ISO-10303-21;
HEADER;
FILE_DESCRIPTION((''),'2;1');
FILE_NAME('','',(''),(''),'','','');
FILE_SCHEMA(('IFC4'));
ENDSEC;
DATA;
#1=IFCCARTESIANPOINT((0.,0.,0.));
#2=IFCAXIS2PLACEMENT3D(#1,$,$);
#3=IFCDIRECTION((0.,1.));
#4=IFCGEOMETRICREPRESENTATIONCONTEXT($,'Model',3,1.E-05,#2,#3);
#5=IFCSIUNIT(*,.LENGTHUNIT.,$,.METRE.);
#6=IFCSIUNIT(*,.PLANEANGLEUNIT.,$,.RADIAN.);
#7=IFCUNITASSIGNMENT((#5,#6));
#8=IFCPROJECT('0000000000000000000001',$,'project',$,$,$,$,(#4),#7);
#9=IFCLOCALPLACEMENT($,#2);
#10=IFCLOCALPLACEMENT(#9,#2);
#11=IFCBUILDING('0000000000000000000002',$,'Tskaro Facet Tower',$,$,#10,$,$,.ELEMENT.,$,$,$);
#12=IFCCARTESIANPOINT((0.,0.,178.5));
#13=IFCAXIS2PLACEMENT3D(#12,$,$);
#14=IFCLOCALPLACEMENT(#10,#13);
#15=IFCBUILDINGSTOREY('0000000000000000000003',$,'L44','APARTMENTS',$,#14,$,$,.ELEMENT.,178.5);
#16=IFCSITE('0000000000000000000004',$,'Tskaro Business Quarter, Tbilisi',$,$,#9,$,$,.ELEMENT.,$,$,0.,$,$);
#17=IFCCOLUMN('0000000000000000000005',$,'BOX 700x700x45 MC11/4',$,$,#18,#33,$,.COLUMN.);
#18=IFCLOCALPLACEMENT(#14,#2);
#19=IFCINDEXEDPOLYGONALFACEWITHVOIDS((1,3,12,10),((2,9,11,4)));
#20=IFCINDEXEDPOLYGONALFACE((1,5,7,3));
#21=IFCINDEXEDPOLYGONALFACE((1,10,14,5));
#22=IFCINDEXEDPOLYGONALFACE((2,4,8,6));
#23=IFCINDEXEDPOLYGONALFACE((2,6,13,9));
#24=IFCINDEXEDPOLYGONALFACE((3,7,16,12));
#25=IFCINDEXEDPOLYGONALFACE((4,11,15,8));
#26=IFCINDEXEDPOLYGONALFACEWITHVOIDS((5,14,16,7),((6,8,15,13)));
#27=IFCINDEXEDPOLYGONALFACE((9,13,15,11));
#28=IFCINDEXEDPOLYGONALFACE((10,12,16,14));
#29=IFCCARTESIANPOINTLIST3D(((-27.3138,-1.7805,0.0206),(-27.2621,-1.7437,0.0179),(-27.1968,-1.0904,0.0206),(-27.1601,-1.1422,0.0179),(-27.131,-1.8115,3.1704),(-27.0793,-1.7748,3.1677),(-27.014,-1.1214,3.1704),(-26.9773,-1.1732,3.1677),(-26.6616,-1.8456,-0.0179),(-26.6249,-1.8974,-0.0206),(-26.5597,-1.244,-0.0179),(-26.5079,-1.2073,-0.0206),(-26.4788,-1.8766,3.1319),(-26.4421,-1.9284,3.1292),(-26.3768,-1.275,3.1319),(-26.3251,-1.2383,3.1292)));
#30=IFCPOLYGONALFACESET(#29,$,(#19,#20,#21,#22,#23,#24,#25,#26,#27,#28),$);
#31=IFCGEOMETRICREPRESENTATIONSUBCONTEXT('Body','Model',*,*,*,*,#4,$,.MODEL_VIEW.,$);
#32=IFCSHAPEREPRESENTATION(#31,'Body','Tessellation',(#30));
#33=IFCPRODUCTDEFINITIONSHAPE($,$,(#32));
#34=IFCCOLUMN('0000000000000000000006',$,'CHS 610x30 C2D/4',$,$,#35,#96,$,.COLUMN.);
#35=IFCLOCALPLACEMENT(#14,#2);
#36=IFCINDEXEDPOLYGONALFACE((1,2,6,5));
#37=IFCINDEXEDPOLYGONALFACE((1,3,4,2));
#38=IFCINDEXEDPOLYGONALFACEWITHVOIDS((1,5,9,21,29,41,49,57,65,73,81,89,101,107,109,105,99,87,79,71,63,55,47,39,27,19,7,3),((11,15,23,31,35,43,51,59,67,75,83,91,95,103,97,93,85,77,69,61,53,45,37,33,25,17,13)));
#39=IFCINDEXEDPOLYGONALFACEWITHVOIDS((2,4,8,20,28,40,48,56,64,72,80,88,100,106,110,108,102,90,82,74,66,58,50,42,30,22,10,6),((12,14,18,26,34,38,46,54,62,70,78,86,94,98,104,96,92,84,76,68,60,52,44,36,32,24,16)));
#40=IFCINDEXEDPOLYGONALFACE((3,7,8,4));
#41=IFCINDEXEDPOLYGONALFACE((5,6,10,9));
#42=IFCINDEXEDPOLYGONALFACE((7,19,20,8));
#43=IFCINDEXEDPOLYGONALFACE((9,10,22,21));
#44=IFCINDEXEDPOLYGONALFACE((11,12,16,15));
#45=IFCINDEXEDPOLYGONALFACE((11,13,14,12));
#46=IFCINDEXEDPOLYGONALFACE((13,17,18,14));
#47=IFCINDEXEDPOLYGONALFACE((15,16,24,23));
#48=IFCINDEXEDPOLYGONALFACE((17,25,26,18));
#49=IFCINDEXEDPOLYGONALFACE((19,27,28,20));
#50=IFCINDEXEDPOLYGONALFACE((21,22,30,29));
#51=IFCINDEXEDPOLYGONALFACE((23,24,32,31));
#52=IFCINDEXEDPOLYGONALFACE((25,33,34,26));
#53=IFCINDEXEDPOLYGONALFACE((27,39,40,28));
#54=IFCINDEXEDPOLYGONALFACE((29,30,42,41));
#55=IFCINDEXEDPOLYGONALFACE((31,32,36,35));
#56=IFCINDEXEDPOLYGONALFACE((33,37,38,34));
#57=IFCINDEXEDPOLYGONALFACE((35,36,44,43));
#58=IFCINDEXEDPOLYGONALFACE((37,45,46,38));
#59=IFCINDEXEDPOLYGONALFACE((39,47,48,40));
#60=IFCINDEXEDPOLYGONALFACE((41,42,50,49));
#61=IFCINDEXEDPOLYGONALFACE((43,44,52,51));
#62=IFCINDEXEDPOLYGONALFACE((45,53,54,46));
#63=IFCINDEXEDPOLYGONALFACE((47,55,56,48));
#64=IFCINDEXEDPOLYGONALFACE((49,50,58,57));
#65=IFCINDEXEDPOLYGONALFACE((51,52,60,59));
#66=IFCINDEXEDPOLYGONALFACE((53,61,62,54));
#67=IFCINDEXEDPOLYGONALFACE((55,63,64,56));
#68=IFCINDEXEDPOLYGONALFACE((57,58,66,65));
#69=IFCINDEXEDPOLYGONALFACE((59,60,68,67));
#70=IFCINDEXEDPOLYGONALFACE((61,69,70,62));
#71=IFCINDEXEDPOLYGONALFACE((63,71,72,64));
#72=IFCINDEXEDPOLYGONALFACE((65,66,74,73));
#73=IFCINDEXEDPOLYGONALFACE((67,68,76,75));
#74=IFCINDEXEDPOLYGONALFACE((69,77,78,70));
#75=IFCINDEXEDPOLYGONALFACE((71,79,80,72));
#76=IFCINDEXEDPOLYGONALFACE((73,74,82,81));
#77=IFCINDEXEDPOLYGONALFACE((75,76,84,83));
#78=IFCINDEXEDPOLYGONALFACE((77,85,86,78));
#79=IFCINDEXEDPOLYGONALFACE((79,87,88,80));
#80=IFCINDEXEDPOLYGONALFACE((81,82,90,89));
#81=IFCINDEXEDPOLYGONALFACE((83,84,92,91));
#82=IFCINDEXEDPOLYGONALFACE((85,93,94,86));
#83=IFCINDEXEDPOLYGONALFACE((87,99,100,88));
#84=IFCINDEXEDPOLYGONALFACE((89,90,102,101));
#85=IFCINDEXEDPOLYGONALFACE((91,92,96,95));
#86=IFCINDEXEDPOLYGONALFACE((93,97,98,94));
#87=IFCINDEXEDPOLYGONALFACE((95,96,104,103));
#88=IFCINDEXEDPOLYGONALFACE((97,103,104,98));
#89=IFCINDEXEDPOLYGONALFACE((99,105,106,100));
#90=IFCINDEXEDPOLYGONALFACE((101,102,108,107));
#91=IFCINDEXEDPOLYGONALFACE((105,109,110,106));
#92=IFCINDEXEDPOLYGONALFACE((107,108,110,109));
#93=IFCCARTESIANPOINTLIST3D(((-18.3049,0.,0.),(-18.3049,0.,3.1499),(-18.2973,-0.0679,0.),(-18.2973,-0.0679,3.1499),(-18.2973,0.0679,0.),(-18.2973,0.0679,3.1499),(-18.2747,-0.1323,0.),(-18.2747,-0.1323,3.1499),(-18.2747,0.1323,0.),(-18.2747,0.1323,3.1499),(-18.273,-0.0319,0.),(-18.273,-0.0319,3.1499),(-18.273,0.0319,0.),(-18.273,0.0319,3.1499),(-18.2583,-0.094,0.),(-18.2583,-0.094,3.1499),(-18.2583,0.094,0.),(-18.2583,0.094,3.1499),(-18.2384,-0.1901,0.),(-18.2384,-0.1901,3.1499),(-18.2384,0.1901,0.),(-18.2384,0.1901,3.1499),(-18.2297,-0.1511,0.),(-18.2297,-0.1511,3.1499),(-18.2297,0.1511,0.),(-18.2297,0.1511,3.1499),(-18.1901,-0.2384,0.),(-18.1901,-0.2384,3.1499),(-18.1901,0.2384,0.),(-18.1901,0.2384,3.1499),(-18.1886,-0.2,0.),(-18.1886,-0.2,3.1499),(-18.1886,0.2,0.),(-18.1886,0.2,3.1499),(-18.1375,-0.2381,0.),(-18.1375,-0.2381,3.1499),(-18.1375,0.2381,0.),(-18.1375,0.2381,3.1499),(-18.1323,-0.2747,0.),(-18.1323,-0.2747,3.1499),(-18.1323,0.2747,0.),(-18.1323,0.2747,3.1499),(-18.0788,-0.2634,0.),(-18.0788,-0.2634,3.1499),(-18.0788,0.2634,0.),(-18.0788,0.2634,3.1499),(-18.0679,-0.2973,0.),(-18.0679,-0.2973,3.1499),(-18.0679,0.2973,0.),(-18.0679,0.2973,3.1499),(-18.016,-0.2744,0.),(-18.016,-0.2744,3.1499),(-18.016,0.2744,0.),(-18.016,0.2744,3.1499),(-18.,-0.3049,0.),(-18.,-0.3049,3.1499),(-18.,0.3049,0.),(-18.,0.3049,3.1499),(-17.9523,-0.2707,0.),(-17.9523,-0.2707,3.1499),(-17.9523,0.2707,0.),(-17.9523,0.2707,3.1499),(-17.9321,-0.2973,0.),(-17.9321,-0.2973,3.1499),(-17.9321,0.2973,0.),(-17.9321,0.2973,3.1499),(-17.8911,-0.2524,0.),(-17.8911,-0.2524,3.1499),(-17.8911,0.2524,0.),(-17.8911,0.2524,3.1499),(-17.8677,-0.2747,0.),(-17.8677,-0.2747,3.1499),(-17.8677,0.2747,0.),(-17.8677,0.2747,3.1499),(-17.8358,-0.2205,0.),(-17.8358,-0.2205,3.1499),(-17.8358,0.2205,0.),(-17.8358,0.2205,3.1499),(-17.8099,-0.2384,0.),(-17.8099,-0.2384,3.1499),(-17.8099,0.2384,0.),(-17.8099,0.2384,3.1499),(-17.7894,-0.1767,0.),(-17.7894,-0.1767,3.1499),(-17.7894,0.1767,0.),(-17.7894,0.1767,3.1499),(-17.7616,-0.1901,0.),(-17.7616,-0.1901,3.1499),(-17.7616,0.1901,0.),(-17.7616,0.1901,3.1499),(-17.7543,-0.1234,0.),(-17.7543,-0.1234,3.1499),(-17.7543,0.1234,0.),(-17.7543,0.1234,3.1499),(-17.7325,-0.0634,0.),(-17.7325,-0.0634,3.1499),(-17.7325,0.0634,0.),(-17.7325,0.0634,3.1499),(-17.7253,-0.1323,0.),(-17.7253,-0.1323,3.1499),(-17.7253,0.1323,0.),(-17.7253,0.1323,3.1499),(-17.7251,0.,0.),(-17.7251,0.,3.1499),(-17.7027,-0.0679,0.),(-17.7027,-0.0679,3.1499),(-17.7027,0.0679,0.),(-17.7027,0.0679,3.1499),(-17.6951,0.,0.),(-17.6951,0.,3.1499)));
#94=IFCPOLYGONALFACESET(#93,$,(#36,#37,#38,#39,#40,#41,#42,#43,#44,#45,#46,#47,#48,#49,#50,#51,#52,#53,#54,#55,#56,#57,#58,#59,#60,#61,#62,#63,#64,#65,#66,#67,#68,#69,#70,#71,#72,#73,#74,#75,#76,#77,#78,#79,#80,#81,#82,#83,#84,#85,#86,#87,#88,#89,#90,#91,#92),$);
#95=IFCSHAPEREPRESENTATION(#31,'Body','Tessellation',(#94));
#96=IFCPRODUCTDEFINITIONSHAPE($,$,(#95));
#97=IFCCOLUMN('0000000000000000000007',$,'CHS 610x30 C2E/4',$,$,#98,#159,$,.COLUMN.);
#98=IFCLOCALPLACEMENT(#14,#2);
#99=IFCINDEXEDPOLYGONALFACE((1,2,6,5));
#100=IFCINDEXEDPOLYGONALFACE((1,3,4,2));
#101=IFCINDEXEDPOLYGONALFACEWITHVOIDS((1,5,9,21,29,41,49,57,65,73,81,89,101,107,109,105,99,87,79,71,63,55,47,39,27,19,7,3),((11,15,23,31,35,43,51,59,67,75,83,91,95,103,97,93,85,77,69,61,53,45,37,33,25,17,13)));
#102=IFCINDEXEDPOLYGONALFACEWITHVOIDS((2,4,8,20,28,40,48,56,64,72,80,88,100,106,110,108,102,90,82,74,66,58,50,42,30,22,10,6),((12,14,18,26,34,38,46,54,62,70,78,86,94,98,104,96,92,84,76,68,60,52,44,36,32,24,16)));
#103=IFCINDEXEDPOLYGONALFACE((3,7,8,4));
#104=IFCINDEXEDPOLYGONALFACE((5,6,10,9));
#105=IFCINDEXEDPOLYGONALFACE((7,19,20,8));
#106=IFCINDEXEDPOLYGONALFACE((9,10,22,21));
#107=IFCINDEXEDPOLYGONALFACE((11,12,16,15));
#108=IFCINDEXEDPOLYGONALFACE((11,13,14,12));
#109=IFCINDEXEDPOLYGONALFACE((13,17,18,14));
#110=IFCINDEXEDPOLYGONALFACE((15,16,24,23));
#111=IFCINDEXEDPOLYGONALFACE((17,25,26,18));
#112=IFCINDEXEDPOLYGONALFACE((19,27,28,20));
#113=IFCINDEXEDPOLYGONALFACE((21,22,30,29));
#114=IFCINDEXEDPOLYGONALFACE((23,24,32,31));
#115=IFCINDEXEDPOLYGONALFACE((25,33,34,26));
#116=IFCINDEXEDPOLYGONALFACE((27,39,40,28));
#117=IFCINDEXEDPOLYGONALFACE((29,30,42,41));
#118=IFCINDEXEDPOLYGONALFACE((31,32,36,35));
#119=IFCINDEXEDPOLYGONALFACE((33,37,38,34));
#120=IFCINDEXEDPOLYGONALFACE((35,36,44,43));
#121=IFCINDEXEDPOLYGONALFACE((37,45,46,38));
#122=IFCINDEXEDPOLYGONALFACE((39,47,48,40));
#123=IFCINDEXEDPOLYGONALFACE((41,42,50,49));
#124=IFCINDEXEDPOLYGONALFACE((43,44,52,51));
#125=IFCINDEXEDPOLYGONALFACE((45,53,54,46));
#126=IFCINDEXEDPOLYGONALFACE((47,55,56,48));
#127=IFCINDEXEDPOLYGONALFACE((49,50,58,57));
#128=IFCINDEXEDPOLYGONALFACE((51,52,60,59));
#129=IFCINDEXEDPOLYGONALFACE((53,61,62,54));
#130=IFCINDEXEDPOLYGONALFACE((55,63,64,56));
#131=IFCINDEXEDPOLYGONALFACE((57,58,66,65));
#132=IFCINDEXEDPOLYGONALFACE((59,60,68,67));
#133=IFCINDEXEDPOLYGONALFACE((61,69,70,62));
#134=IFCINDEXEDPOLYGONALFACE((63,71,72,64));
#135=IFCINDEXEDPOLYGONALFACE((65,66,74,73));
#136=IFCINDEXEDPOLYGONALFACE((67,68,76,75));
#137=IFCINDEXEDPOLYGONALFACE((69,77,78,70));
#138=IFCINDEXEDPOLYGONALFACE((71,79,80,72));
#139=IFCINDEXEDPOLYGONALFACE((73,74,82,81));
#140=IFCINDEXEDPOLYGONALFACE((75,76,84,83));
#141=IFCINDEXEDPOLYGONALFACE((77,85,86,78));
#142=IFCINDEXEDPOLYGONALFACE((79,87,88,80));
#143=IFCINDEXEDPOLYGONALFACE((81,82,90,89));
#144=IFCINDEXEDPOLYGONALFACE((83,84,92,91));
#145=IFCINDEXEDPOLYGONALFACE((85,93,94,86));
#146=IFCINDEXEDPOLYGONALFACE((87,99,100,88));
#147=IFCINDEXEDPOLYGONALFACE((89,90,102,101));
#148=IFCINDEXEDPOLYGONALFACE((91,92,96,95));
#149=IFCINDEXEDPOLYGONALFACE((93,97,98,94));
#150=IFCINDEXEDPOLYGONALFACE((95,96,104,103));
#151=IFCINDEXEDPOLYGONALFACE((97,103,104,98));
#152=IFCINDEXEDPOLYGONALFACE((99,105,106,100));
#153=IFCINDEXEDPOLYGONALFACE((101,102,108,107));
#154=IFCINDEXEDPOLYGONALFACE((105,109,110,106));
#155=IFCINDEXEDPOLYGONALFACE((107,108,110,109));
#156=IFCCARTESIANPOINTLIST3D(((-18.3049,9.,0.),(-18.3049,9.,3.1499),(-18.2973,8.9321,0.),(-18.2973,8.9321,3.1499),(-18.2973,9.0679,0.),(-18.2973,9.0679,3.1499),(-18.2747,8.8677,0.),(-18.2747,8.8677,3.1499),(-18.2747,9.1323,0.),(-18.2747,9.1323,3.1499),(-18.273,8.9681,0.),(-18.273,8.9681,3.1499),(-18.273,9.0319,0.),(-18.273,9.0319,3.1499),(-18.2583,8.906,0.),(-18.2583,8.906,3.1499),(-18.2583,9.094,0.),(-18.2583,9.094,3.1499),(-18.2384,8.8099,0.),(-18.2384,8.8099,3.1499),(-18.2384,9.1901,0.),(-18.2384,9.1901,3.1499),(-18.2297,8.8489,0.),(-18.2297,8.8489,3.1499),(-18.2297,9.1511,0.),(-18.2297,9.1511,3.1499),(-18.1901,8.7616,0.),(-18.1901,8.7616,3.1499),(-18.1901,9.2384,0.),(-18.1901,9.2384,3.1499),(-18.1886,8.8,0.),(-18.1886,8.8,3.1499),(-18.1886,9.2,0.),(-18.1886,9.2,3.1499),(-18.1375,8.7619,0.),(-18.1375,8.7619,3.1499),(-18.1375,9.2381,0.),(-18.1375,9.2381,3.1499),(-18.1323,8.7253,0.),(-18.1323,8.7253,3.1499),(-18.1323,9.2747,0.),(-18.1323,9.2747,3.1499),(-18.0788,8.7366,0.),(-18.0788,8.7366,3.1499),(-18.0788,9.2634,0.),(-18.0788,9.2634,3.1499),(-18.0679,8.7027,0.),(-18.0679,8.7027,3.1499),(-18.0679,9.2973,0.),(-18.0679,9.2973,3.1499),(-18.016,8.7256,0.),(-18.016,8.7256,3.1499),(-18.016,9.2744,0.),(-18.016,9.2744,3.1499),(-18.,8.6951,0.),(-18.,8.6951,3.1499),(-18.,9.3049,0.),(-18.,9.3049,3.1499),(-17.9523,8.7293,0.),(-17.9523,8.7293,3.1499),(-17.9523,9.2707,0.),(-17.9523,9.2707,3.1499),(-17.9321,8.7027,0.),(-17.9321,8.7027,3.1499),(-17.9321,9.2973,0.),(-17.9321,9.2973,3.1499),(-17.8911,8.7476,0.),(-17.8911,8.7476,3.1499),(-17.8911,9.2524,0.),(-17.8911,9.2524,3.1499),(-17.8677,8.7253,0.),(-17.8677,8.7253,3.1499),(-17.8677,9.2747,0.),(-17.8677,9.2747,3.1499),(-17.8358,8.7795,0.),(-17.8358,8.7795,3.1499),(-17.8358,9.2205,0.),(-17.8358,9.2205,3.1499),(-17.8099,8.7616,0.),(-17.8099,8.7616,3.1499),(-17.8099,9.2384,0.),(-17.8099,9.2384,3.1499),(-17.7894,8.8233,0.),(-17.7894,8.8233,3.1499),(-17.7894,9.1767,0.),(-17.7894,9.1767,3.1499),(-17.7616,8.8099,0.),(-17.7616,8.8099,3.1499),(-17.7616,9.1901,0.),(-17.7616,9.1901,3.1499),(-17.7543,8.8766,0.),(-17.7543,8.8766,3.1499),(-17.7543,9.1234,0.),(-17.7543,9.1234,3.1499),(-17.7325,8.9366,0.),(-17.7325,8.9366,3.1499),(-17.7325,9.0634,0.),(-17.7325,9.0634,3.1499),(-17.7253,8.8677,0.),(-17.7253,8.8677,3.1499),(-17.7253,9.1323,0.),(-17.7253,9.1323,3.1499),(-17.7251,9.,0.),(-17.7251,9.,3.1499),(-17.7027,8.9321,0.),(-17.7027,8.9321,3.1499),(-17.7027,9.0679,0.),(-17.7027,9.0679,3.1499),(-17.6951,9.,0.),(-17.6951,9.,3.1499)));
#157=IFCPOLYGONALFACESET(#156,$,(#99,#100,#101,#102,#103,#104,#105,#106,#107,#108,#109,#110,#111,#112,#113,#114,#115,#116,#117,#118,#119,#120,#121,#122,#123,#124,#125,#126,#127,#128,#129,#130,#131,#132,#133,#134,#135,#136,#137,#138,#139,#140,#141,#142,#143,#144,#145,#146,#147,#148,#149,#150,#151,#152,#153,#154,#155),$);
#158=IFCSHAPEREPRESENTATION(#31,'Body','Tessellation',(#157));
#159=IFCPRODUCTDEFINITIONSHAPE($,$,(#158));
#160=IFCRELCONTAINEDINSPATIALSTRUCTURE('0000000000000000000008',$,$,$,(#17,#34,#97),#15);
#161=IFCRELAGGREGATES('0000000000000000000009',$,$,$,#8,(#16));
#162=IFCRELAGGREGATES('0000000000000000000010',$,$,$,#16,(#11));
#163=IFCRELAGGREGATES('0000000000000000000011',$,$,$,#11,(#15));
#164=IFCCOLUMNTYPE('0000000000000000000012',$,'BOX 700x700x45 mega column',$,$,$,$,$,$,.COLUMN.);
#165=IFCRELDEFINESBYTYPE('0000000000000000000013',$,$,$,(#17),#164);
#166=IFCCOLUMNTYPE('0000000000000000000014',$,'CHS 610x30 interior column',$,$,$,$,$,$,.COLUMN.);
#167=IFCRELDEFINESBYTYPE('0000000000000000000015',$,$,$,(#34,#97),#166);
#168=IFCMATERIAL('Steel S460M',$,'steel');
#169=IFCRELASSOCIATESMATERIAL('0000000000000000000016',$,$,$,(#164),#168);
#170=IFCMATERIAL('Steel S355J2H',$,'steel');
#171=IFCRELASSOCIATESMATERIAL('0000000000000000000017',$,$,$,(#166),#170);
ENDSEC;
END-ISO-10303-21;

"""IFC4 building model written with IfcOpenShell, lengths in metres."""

from ifc_helpers import new_model, si_unit, direction, frame, origin, origin_2d, place, context, subcontext, project, spatial, hollow_rectangle, hollow_circle, extrude, material, material_profile, profile_set, type_object, element, save


model = new_model("IFC4")

# Units and contexts
model_context = context("Model", 3, precision=1e-05, world=origin(), true_north=direction((0.0, 1.0)))
body_context = subcontext(model_context, "Body", "Model", "MODEL_VIEW")
ifc_project = project(units=[si_unit("LENGTHUNIT", "METRE"), si_unit("PLANEANGLEUNIT", "RADIAN")], contexts=[model_context])

# Site, building, storey
site_placement = place(None, origin())
site = spatial("IfcSite", under=ifc_project, at=site_placement, Name="Tskaro Business Quarter, Tbilisi", CompositionType="ELEMENT", RefElevation=0.0)
building_placement = place(site_placement, origin())
building = spatial("IfcBuilding", under=site, at=building_placement, Name="Tskaro Facet Tower", CompositionType="ELEMENT")
storey_placement = place(building_placement, frame((0.0, 0.0, 178.5)))
storey = spatial("IfcBuildingStorey", under=building, at=storey_placement, Name="L44", Description="APARTMENTS", CompositionType="ELEMENT", Elevation=178.5)

# Columns
ifc_material_1 = material(Name="Steel S460M", Category="steel")
ifc_material_profile_1 = material_profile(ifc_material_1, hollow_rectangle(XDim=0.7, YDim=0.7, WallThickness=0.0449, at=origin_2d()), Name="BOX 700x700x45")
ifc_profile_set_1 = profile_set([ifc_material_profile_1], Name="Steel S460M")
column_type_1 = type_object("IfcColumnType", Name="BOX 700x700x45 mega column", PredefinedType="COLUMN", material=ifc_profile_set_1)
column_1_placement = place(storey_placement, frame((-26.9109, -1.4939, 0.0), z_axis=(0.057953, -0.009826, 0.998271), x_axis=(0.167173, 0.985928, 0.0)))
element("IfcColumn", 1, at=column_1_placement, inside=storey, type_object=column_type_1, Name="BOX 700x700x45 MC11/4", PredefinedType="COLUMN", context=body_context, shape_type="SweptSolid", body=[
    extrude(hollow_rectangle(XDim=0.7, YDim=0.7, WallThickness=0.0449, at=origin_2d()), origin(), (0.0, 0.0, 1.0), 3.1553),
])
ifc_material_2 = material(Name="Steel S355J2H", Category="steel")
ifc_material_profile_2 = material_profile(ifc_material_2, hollow_circle(Radius=0.3049, WallThickness=0.03, at=origin_2d()), Name="CHS 610x30")
ifc_profile_set_2 = profile_set([ifc_material_profile_2], Name="Steel S355J2H")
column_type_2 = type_object("IfcColumnType", Name="CHS 610x30 interior column", PredefinedType="COLUMN", material=ifc_profile_set_2)
for number, where, z_axis, x_axis, name in (
    (2, (-18.0, 0.0, 0.0), (0.0, 0.0, 1.0), (1.0, 0.0, 0.0), "CHS 610x30 C2D/4"),
    (3, (-18.0, 9.0, 0.0), (0.0, 0.0, 1.0), (1.0, 0.0, 0.0), "CHS 610x30 C2E/4"),
):
    element("IfcColumn", number, at=place(storey_placement, frame(where, z_axis=z_axis, x_axis=x_axis)), inside=storey, type_object=column_type_2, Name=name, PredefinedType="COLUMN", context=body_context, shape_type="SweptSolid", body=[
        extrude(hollow_circle(Radius=0.3049, WallThickness=0.03, at=origin_2d()), origin(), (0.0, 0.0, 1.0), 3.1499),
    ])

save(model, "model.ifc")
